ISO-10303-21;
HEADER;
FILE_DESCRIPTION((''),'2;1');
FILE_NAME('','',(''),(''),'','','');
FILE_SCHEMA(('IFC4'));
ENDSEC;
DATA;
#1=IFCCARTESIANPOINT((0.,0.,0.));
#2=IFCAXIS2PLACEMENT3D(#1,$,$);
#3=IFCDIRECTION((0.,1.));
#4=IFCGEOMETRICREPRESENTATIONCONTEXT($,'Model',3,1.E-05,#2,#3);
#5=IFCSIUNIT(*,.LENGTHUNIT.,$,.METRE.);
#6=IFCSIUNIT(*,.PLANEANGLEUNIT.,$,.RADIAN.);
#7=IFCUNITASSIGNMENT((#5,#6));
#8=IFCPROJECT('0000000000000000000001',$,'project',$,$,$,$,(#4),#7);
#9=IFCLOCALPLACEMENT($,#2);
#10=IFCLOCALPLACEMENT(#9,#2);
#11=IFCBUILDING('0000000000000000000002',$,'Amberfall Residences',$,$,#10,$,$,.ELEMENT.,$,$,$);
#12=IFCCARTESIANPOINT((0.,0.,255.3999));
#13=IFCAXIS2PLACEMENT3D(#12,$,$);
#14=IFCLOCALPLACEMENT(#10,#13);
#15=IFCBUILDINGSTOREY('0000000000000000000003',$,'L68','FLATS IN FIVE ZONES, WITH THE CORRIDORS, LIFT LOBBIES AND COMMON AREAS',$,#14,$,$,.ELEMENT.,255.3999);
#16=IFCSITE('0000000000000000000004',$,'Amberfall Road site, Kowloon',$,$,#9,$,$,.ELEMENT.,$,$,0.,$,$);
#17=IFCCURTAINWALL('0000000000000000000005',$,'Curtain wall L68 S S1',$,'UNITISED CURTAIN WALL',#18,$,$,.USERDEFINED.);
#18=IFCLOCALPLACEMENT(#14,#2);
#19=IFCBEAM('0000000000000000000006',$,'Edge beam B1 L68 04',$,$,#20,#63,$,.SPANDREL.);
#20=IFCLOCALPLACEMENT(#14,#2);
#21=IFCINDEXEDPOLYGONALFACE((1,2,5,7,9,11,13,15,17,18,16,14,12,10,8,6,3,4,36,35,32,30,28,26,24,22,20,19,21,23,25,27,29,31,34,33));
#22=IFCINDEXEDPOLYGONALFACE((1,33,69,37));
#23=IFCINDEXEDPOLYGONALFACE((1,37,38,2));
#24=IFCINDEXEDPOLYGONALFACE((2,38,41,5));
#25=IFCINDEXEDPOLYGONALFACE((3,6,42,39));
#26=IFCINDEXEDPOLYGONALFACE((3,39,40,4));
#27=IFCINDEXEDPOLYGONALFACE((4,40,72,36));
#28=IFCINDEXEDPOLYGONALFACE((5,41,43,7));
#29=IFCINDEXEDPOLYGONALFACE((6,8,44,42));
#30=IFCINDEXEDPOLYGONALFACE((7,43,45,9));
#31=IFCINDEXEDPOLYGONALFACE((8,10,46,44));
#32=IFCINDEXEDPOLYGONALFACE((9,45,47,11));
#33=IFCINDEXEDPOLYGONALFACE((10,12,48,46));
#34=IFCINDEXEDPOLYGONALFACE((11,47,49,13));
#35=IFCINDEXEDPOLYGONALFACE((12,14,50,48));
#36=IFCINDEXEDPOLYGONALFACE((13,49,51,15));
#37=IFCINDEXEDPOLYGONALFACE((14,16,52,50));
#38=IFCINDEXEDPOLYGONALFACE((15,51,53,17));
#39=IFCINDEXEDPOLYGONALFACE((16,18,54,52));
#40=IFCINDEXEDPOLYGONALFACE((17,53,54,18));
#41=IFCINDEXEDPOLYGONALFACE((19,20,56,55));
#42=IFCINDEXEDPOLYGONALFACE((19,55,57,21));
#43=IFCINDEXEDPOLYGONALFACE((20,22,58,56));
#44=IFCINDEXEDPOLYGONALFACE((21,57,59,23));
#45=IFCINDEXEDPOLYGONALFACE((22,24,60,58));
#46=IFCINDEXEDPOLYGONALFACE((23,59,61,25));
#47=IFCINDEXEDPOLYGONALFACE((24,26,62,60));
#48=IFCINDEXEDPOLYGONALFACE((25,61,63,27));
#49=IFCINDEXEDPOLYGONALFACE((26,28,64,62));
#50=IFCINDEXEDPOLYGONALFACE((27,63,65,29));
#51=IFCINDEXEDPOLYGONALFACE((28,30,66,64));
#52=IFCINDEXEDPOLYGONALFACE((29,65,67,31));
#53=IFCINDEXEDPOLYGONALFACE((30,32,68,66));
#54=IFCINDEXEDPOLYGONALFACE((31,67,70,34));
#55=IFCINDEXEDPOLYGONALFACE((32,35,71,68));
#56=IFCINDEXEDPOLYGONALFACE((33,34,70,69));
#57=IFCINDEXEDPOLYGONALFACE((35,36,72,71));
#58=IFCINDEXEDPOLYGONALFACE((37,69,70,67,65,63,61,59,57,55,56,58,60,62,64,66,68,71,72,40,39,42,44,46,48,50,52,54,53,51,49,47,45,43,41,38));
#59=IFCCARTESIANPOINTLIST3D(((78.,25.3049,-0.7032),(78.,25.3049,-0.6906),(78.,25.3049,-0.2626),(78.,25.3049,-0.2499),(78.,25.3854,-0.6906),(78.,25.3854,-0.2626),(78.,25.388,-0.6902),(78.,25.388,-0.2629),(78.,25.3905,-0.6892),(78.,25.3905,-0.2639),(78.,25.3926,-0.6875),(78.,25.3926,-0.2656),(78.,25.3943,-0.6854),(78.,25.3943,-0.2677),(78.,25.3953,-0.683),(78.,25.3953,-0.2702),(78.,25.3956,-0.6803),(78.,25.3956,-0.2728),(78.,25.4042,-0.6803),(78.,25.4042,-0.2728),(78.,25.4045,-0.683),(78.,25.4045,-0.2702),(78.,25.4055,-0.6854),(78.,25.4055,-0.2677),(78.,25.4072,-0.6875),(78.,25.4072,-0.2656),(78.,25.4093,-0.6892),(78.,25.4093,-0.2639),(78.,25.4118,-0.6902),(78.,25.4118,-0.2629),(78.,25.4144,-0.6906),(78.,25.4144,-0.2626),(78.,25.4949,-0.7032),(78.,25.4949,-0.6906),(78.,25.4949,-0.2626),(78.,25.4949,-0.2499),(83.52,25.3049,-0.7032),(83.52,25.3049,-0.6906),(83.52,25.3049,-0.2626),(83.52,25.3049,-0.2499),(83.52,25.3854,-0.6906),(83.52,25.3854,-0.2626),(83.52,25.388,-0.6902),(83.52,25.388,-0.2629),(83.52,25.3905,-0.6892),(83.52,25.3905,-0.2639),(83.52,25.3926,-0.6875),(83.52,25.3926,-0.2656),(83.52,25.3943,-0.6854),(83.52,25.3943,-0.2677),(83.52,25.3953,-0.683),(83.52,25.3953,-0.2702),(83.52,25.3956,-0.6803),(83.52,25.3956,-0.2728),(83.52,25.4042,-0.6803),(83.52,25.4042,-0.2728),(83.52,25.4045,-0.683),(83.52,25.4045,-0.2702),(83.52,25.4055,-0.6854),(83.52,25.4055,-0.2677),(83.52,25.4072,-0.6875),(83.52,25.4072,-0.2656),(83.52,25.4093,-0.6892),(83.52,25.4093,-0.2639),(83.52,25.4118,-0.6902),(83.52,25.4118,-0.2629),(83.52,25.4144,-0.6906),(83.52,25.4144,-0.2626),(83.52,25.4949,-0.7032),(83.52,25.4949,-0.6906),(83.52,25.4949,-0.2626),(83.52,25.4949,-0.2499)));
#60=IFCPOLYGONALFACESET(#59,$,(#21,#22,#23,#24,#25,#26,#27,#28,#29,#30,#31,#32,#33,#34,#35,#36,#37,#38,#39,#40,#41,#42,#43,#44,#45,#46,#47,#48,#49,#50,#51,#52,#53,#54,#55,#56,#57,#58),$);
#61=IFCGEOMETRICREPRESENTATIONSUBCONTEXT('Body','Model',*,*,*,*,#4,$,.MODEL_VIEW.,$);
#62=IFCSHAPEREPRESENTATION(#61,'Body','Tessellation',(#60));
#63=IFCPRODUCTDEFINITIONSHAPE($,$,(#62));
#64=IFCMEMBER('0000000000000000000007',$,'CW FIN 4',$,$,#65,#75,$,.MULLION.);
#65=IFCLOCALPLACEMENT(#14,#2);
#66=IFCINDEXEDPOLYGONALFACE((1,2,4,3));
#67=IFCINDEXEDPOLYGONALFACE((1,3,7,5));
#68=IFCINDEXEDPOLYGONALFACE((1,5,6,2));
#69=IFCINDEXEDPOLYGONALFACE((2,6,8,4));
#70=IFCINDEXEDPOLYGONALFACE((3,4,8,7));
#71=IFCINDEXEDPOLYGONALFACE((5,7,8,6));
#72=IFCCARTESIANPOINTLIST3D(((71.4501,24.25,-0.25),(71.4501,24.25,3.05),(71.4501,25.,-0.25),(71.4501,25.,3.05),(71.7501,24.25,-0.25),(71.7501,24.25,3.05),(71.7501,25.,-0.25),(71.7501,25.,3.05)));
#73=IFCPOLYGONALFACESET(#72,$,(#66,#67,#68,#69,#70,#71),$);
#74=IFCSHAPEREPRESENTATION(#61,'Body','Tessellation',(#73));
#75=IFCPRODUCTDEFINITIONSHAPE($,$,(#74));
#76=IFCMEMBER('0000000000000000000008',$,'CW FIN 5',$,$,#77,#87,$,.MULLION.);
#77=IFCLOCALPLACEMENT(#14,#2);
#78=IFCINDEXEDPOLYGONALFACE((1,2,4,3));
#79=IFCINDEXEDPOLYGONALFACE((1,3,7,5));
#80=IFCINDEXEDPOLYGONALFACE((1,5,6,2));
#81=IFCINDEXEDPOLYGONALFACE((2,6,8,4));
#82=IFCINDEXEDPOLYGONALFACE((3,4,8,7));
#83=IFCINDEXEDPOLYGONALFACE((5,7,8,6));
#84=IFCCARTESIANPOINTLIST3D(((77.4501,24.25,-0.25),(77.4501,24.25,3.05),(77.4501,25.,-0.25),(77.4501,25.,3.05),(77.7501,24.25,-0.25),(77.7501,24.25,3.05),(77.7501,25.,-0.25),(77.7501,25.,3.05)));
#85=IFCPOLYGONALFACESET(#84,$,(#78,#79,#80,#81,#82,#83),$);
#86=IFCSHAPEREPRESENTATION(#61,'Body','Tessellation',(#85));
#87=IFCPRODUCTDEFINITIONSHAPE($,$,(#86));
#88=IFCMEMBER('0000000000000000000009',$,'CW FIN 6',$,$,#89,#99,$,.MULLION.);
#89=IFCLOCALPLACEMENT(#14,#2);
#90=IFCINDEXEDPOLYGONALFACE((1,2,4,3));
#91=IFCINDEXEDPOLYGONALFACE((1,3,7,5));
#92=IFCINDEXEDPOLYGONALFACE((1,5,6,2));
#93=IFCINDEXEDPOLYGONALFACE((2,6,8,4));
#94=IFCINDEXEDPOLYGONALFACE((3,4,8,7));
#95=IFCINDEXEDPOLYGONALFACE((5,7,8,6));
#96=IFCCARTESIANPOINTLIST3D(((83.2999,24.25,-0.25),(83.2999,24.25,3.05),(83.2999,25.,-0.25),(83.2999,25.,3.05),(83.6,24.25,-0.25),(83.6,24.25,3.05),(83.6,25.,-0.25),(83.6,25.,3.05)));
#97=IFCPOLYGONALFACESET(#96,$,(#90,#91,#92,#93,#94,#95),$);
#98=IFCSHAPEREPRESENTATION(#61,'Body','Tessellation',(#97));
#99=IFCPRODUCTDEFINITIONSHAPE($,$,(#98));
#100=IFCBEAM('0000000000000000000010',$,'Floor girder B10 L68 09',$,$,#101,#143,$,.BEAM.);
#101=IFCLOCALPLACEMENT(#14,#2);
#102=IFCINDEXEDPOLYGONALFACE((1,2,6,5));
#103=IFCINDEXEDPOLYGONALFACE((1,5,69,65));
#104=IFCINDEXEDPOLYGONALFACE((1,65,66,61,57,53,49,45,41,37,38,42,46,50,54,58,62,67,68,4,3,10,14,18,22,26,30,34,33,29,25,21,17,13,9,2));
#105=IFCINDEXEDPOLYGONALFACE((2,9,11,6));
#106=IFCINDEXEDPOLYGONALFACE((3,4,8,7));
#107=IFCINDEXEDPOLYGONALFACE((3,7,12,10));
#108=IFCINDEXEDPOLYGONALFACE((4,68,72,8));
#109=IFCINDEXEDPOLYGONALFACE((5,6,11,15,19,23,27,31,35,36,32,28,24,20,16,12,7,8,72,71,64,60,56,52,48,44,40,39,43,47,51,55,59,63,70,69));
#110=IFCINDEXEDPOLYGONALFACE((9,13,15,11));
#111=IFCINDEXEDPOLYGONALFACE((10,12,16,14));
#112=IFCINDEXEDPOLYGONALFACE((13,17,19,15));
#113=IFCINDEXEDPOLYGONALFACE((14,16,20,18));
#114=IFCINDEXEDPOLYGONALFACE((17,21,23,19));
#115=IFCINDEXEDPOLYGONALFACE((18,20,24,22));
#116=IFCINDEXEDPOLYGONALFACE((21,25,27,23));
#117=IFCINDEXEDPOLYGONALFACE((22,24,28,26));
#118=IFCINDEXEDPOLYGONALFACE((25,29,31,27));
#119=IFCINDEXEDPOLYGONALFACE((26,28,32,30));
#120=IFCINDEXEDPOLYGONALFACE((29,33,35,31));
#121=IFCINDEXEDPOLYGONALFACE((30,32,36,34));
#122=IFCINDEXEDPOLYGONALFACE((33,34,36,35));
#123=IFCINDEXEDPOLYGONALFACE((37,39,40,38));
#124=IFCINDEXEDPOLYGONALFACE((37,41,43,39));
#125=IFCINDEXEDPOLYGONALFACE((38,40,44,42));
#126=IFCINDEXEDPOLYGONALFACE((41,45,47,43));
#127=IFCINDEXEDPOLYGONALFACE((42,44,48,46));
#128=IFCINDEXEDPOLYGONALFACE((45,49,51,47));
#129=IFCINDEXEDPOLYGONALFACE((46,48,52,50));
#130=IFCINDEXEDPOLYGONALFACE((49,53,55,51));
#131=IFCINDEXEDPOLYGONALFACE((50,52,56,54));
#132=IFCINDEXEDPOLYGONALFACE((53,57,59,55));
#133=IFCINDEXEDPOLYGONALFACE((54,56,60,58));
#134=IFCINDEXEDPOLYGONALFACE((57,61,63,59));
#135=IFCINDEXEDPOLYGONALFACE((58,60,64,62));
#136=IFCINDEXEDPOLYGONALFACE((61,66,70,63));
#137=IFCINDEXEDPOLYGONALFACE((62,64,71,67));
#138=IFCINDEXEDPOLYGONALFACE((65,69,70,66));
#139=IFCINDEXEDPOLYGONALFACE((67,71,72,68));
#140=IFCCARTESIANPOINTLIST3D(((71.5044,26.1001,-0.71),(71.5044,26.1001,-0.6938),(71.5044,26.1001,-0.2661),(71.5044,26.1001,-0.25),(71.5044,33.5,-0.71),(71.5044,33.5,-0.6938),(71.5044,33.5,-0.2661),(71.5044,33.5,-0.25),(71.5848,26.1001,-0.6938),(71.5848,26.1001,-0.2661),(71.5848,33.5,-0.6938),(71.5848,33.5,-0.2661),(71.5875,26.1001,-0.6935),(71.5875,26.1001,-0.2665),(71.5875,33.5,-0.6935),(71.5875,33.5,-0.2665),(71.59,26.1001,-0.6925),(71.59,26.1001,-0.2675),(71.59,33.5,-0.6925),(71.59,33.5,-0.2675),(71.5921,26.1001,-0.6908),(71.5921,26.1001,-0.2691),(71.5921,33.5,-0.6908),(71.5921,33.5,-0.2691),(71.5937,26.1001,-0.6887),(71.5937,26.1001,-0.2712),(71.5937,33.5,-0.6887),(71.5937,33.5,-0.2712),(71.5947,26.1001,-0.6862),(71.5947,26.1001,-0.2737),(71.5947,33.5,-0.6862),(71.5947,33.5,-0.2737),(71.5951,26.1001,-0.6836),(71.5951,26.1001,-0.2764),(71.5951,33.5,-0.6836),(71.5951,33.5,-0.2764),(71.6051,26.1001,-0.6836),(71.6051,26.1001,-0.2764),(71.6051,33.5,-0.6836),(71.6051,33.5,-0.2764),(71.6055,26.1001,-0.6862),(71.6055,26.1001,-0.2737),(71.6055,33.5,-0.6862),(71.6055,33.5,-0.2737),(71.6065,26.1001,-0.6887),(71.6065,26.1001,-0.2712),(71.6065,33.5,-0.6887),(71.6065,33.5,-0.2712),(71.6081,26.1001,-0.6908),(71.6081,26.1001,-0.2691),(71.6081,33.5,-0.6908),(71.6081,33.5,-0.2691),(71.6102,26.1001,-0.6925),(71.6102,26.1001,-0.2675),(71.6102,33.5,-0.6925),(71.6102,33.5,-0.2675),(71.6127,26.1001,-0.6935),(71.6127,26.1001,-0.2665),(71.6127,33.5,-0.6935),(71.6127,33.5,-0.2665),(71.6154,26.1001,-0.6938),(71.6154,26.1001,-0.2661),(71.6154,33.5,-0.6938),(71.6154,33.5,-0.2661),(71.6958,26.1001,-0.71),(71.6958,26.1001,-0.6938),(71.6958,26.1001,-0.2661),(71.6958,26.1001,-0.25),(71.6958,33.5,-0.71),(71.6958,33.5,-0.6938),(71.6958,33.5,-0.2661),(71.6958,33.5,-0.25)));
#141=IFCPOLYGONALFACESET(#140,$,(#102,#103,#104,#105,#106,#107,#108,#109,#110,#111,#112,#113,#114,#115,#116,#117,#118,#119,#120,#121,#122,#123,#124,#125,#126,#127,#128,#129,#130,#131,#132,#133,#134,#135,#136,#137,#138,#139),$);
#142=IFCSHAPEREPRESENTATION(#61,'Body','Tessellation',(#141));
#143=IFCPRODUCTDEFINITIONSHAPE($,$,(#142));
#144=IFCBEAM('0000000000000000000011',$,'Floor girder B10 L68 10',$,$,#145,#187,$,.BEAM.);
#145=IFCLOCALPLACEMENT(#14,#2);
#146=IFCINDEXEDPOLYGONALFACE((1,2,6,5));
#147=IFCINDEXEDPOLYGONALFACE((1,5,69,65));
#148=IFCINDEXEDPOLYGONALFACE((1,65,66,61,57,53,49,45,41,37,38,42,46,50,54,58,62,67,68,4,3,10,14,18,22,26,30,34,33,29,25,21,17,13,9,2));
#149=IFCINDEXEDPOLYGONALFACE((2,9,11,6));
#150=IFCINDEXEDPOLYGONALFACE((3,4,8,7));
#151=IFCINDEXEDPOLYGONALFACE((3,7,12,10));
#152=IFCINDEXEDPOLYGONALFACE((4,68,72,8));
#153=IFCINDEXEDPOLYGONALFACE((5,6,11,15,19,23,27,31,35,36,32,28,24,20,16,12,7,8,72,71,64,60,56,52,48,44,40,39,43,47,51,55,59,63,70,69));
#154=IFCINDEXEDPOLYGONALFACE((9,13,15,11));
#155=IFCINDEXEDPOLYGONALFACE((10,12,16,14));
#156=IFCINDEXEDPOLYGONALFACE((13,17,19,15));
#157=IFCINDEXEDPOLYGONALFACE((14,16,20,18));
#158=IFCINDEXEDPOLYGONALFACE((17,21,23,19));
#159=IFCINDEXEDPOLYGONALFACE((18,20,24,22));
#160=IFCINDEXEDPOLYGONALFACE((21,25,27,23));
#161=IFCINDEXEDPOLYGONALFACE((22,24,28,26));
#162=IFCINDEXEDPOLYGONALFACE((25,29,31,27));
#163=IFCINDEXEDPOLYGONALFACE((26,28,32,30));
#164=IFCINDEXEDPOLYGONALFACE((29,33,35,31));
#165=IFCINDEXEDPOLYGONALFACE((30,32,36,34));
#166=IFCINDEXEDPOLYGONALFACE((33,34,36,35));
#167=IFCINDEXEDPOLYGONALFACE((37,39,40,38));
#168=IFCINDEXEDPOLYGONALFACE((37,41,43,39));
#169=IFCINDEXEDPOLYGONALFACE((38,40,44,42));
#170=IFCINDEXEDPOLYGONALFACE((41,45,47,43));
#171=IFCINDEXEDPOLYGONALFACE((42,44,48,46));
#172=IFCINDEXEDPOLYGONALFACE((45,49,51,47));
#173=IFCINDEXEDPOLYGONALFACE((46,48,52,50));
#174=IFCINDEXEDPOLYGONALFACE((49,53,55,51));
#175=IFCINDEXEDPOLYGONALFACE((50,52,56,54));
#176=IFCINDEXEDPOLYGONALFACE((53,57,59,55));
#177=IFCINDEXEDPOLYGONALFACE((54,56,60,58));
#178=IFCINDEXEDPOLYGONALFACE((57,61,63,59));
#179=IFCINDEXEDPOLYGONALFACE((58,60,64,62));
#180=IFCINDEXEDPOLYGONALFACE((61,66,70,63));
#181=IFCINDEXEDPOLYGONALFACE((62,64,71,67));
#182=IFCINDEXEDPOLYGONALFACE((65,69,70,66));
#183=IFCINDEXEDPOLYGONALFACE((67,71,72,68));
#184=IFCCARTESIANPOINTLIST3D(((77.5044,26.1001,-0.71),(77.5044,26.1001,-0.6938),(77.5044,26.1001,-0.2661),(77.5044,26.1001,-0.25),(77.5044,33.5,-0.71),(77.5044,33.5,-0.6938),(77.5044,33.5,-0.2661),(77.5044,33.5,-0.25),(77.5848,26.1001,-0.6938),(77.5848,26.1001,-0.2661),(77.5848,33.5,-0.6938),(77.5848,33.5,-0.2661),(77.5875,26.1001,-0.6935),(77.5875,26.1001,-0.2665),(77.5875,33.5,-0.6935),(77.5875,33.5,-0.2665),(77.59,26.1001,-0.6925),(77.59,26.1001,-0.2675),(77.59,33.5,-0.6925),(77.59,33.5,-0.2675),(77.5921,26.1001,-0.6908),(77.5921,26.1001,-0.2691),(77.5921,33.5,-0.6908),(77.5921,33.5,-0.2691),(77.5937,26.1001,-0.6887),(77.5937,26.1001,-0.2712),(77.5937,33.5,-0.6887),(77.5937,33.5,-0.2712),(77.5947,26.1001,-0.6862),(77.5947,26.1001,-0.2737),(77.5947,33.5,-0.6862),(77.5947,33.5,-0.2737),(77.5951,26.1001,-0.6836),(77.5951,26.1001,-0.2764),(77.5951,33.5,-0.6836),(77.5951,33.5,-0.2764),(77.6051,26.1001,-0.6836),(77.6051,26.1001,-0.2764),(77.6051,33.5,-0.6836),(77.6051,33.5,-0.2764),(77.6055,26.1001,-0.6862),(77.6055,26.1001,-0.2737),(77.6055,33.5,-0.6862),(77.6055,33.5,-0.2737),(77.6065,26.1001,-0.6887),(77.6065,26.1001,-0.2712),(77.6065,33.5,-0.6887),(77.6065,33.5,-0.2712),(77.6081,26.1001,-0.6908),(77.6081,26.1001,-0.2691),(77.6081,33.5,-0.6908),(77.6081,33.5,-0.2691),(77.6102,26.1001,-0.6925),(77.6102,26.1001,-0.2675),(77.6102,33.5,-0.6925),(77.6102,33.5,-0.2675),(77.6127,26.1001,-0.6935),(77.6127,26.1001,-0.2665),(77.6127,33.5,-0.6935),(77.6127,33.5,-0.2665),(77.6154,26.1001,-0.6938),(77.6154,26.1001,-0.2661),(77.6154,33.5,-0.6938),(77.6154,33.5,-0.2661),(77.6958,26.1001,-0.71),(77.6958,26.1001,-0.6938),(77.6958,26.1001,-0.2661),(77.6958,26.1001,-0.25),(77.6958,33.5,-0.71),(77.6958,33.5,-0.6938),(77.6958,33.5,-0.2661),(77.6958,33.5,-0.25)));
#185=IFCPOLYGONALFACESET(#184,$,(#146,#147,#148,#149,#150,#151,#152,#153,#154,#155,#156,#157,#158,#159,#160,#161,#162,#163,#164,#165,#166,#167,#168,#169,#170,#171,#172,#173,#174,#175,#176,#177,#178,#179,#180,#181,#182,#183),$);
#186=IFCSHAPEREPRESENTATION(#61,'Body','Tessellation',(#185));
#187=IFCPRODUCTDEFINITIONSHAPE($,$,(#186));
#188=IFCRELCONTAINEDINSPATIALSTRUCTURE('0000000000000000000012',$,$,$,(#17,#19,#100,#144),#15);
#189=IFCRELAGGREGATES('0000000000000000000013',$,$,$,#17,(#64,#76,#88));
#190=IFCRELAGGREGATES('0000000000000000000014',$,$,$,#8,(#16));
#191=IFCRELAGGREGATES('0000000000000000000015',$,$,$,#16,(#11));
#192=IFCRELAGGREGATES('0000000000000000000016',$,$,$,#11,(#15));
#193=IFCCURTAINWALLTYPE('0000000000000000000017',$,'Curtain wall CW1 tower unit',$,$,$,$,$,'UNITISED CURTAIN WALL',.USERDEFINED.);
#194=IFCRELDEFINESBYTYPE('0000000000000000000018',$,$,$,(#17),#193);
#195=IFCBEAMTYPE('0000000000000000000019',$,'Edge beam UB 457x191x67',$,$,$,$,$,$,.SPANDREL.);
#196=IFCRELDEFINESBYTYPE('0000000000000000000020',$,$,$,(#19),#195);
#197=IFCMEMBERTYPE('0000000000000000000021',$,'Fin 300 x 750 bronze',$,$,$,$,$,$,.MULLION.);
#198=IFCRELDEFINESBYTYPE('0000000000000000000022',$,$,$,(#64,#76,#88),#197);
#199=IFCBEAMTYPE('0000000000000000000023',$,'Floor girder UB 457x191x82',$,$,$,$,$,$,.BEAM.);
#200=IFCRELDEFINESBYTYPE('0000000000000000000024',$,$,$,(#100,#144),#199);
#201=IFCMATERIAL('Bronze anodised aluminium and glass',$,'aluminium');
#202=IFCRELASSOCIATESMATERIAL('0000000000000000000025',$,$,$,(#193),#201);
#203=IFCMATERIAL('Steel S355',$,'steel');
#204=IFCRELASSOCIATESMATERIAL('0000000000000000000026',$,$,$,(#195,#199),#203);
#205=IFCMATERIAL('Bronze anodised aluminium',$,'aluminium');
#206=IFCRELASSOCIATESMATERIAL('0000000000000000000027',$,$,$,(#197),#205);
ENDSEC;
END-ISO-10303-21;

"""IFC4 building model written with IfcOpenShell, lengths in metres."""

from ifc_helpers import new_model, si_unit, direction, frame, origin, origin_2d, place, context, subcontext, project, spatial, rectangle, i_section, extrude, material, material_profile, profile_set, type_object, element, aggregate, save


model = new_model("IFC4")

# Units and contexts
model_context = context("Model", 3, precision=1e-05, world=origin(), true_north=direction((0.0, 1.0)))
body_context = subcontext(model_context, "Body", "Model", "MODEL_VIEW")
ifc_project = project(units=[si_unit("LENGTHUNIT", "METRE"), si_unit("PLANEANGLEUNIT", "RADIAN")], contexts=[model_context])

# Site, building, storey
site_placement = place(None, origin())
site = spatial("IfcSite", under=ifc_project, at=site_placement, Name="Amberfall Road site, Kowloon", CompositionType="ELEMENT", RefElevation=0.0)
building_placement = place(site_placement, origin())
building = spatial("IfcBuilding", under=site, at=building_placement, Name="Amberfall Residences", CompositionType="ELEMENT")
storey_placement = place(building_placement, frame((0.0, 0.0, 255.3999)))
storey = spatial("IfcBuildingStorey", under=building, at=storey_placement, Name="L68", Description="FLATS IN FIVE ZONES, WITH THE CORRIDORS, LIFT LOBBIES AND COMMON AREAS", CompositionType="ELEMENT", Elevation=255.3999)

# Curtain wall
ifc_material_1 = material(Name="Bronze anodised aluminium and glass", Category="aluminium")
curtain_wall_type = type_object("IfcCurtainWallType", Name="Curtain wall CW1 tower unit", ElementType="UNITISED CURTAIN WALL", PredefinedType="USERDEFINED", material=ifc_material_1)
curtain_wall_placement = place(storey_placement, origin())
curtain_wall = element("IfcCurtainWall", 1, at=curtain_wall_placement, inside=storey, type_object=curtain_wall_type, Name="Curtain wall L68 S S1", ObjectType="UNITISED CURTAIN WALL", PredefinedType="USERDEFINED")
ifc_material_2 = material(Name="Bronze anodised aluminium", Category="aluminium")

# Beam
ifc_material_3 = material(Name="Steel S355", Category="steel")
ifc_material_profile_1 = material_profile(ifc_material_3, i_section(OverallWidth=0.1899, OverallDepth=0.4534, WebThickness=0.0085, FlangeThickness=0.0127, FilletRadius=0.0103, at=origin_2d()), Name="UB 457x191x67")
ifc_profile_set_1 = profile_set([ifc_material_profile_1], Name="Steel S355")
beam_type_1 = type_object("IfcBeamType", Name="Edge beam UB 457x191x67", PredefinedType="SPANDREL", material=ifc_profile_set_1)
beam_1_placement = place(storey_placement, frame((78.0, 25.3999, -0.4766), z_axis=(1.0, 0.0, 0.0), x_axis=(0.0, 1.0, 0.0)))
element("IfcBeam", 2, at=beam_1_placement, inside=storey, type_object=beam_type_1, Name="Edge beam B1 L68 04", PredefinedType="SPANDREL", context=body_context, shape_type="SweptSolid", body=[
    extrude(i_section(OverallWidth=0.1899, OverallDepth=0.4534, WebThickness=0.0085, FlangeThickness=0.0127, FilletRadius=0.0103, at=origin_2d()), origin(), (0.0, 0.0, 1.0), 5.52),
])

# Members
ifc_material_profile_2 = material_profile(ifc_material_2, rectangle(XDim=0.75, YDim=0.3, at=origin_2d()), Name="Fin 300 x 750 bronze")
ifc_profile_set_2 = profile_set([ifc_material_profile_2], Name="Bronze anodised aluminium")
member_type_1 = type_object("IfcMemberType", Name="Fin 300 x 750 bronze", PredefinedType="MULLION", material=ifc_profile_set_2)
member_1_placement = place(storey_placement, frame((71.6001, 24.625, -0.25), z_axis=(0.0, 0.0, 1.0), x_axis=(0.0, 1.0, 0.0)))
member_1 = element("IfcMember", 3, at=member_1_placement, type_object=member_type_1, Name="CW FIN 4", PredefinedType="MULLION", context=body_context, shape_type="SweptSolid", body=[
    extrude(rectangle(XDim=0.75, YDim=0.3, at=origin_2d()), origin(), (0.0, 0.0, 1.0), 3.3),
])
member_2_placement = place(storey_placement, frame((77.6001, 24.625, -0.25), z_axis=(0.0, 0.0, 1.0), x_axis=(0.0, 1.0, 0.0)))
member_2 = element("IfcMember", 4, at=member_2_placement, type_object=member_type_1, Name="CW FIN 5", PredefinedType="MULLION", context=body_context, shape_type="SweptSolid", body=[
    extrude(rectangle(XDim=0.75, YDim=0.3, at=origin_2d()), origin(), (0.0, 0.0, 1.0), 3.3),
])
member_3_placement = place(storey_placement, frame((83.45, 24.625, -0.25), z_axis=(0.0, 0.0, 1.0), x_axis=(0.0, 1.0, 0.0)))
member_3 = element("IfcMember", 5, at=member_3_placement, type_object=member_type_1, Name="CW FIN 6", PredefinedType="MULLION", context=body_context, shape_type="SweptSolid", body=[
    extrude(rectangle(XDim=0.75, YDim=0.3, at=origin_2d()), origin(), (0.0, 0.0, 1.0), 3.3),
])

# Beams
ifc_material_profile_3 = material_profile(ifc_material_3, i_section(OverallWidth=0.1914, OverallDepth=0.46, WebThickness=0.01, FlangeThickness=0.0161, FilletRadius=0.0103, at=origin_2d()), Name="UB 457x191x82")
ifc_profile_set_3 = profile_set([ifc_material_profile_3], Name="Steel S355")
beam_type_2 = type_object("IfcBeamType", Name="Floor girder UB 457x191x82", PredefinedType="BEAM", material=ifc_profile_set_3)
for number, where, z_axis, x_axis, name in (
    (6, (71.6001, 26.1001, -0.48), (0.0, 1.0, 0.0), (-1.0, 0.0, 0.0), "Floor girder B10 L68 09"),
    (7, (77.6001, 26.1001, -0.48), (0.0, 1.0, 0.0), (-1.0, 0.0, 0.0), "Floor girder B10 L68 10"),
):
    element("IfcBeam", number, at=place(storey_placement, frame(where, z_axis=z_axis, x_axis=x_axis)), inside=storey, type_object=beam_type_2, Name=name, PredefinedType="BEAM", context=body_context, shape_type="SweptSolid", body=[
        extrude(i_section(OverallWidth=0.1914, OverallDepth=0.46, WebThickness=0.01, FlangeThickness=0.0161, FilletRadius=0.0103, at=origin_2d()), origin(), (0.0, 0.0, 1.0), 7.3999),
    ])

aggregate(curtain_wall, [member_1, member_2, member_3])

save(model, "model.ifc")
